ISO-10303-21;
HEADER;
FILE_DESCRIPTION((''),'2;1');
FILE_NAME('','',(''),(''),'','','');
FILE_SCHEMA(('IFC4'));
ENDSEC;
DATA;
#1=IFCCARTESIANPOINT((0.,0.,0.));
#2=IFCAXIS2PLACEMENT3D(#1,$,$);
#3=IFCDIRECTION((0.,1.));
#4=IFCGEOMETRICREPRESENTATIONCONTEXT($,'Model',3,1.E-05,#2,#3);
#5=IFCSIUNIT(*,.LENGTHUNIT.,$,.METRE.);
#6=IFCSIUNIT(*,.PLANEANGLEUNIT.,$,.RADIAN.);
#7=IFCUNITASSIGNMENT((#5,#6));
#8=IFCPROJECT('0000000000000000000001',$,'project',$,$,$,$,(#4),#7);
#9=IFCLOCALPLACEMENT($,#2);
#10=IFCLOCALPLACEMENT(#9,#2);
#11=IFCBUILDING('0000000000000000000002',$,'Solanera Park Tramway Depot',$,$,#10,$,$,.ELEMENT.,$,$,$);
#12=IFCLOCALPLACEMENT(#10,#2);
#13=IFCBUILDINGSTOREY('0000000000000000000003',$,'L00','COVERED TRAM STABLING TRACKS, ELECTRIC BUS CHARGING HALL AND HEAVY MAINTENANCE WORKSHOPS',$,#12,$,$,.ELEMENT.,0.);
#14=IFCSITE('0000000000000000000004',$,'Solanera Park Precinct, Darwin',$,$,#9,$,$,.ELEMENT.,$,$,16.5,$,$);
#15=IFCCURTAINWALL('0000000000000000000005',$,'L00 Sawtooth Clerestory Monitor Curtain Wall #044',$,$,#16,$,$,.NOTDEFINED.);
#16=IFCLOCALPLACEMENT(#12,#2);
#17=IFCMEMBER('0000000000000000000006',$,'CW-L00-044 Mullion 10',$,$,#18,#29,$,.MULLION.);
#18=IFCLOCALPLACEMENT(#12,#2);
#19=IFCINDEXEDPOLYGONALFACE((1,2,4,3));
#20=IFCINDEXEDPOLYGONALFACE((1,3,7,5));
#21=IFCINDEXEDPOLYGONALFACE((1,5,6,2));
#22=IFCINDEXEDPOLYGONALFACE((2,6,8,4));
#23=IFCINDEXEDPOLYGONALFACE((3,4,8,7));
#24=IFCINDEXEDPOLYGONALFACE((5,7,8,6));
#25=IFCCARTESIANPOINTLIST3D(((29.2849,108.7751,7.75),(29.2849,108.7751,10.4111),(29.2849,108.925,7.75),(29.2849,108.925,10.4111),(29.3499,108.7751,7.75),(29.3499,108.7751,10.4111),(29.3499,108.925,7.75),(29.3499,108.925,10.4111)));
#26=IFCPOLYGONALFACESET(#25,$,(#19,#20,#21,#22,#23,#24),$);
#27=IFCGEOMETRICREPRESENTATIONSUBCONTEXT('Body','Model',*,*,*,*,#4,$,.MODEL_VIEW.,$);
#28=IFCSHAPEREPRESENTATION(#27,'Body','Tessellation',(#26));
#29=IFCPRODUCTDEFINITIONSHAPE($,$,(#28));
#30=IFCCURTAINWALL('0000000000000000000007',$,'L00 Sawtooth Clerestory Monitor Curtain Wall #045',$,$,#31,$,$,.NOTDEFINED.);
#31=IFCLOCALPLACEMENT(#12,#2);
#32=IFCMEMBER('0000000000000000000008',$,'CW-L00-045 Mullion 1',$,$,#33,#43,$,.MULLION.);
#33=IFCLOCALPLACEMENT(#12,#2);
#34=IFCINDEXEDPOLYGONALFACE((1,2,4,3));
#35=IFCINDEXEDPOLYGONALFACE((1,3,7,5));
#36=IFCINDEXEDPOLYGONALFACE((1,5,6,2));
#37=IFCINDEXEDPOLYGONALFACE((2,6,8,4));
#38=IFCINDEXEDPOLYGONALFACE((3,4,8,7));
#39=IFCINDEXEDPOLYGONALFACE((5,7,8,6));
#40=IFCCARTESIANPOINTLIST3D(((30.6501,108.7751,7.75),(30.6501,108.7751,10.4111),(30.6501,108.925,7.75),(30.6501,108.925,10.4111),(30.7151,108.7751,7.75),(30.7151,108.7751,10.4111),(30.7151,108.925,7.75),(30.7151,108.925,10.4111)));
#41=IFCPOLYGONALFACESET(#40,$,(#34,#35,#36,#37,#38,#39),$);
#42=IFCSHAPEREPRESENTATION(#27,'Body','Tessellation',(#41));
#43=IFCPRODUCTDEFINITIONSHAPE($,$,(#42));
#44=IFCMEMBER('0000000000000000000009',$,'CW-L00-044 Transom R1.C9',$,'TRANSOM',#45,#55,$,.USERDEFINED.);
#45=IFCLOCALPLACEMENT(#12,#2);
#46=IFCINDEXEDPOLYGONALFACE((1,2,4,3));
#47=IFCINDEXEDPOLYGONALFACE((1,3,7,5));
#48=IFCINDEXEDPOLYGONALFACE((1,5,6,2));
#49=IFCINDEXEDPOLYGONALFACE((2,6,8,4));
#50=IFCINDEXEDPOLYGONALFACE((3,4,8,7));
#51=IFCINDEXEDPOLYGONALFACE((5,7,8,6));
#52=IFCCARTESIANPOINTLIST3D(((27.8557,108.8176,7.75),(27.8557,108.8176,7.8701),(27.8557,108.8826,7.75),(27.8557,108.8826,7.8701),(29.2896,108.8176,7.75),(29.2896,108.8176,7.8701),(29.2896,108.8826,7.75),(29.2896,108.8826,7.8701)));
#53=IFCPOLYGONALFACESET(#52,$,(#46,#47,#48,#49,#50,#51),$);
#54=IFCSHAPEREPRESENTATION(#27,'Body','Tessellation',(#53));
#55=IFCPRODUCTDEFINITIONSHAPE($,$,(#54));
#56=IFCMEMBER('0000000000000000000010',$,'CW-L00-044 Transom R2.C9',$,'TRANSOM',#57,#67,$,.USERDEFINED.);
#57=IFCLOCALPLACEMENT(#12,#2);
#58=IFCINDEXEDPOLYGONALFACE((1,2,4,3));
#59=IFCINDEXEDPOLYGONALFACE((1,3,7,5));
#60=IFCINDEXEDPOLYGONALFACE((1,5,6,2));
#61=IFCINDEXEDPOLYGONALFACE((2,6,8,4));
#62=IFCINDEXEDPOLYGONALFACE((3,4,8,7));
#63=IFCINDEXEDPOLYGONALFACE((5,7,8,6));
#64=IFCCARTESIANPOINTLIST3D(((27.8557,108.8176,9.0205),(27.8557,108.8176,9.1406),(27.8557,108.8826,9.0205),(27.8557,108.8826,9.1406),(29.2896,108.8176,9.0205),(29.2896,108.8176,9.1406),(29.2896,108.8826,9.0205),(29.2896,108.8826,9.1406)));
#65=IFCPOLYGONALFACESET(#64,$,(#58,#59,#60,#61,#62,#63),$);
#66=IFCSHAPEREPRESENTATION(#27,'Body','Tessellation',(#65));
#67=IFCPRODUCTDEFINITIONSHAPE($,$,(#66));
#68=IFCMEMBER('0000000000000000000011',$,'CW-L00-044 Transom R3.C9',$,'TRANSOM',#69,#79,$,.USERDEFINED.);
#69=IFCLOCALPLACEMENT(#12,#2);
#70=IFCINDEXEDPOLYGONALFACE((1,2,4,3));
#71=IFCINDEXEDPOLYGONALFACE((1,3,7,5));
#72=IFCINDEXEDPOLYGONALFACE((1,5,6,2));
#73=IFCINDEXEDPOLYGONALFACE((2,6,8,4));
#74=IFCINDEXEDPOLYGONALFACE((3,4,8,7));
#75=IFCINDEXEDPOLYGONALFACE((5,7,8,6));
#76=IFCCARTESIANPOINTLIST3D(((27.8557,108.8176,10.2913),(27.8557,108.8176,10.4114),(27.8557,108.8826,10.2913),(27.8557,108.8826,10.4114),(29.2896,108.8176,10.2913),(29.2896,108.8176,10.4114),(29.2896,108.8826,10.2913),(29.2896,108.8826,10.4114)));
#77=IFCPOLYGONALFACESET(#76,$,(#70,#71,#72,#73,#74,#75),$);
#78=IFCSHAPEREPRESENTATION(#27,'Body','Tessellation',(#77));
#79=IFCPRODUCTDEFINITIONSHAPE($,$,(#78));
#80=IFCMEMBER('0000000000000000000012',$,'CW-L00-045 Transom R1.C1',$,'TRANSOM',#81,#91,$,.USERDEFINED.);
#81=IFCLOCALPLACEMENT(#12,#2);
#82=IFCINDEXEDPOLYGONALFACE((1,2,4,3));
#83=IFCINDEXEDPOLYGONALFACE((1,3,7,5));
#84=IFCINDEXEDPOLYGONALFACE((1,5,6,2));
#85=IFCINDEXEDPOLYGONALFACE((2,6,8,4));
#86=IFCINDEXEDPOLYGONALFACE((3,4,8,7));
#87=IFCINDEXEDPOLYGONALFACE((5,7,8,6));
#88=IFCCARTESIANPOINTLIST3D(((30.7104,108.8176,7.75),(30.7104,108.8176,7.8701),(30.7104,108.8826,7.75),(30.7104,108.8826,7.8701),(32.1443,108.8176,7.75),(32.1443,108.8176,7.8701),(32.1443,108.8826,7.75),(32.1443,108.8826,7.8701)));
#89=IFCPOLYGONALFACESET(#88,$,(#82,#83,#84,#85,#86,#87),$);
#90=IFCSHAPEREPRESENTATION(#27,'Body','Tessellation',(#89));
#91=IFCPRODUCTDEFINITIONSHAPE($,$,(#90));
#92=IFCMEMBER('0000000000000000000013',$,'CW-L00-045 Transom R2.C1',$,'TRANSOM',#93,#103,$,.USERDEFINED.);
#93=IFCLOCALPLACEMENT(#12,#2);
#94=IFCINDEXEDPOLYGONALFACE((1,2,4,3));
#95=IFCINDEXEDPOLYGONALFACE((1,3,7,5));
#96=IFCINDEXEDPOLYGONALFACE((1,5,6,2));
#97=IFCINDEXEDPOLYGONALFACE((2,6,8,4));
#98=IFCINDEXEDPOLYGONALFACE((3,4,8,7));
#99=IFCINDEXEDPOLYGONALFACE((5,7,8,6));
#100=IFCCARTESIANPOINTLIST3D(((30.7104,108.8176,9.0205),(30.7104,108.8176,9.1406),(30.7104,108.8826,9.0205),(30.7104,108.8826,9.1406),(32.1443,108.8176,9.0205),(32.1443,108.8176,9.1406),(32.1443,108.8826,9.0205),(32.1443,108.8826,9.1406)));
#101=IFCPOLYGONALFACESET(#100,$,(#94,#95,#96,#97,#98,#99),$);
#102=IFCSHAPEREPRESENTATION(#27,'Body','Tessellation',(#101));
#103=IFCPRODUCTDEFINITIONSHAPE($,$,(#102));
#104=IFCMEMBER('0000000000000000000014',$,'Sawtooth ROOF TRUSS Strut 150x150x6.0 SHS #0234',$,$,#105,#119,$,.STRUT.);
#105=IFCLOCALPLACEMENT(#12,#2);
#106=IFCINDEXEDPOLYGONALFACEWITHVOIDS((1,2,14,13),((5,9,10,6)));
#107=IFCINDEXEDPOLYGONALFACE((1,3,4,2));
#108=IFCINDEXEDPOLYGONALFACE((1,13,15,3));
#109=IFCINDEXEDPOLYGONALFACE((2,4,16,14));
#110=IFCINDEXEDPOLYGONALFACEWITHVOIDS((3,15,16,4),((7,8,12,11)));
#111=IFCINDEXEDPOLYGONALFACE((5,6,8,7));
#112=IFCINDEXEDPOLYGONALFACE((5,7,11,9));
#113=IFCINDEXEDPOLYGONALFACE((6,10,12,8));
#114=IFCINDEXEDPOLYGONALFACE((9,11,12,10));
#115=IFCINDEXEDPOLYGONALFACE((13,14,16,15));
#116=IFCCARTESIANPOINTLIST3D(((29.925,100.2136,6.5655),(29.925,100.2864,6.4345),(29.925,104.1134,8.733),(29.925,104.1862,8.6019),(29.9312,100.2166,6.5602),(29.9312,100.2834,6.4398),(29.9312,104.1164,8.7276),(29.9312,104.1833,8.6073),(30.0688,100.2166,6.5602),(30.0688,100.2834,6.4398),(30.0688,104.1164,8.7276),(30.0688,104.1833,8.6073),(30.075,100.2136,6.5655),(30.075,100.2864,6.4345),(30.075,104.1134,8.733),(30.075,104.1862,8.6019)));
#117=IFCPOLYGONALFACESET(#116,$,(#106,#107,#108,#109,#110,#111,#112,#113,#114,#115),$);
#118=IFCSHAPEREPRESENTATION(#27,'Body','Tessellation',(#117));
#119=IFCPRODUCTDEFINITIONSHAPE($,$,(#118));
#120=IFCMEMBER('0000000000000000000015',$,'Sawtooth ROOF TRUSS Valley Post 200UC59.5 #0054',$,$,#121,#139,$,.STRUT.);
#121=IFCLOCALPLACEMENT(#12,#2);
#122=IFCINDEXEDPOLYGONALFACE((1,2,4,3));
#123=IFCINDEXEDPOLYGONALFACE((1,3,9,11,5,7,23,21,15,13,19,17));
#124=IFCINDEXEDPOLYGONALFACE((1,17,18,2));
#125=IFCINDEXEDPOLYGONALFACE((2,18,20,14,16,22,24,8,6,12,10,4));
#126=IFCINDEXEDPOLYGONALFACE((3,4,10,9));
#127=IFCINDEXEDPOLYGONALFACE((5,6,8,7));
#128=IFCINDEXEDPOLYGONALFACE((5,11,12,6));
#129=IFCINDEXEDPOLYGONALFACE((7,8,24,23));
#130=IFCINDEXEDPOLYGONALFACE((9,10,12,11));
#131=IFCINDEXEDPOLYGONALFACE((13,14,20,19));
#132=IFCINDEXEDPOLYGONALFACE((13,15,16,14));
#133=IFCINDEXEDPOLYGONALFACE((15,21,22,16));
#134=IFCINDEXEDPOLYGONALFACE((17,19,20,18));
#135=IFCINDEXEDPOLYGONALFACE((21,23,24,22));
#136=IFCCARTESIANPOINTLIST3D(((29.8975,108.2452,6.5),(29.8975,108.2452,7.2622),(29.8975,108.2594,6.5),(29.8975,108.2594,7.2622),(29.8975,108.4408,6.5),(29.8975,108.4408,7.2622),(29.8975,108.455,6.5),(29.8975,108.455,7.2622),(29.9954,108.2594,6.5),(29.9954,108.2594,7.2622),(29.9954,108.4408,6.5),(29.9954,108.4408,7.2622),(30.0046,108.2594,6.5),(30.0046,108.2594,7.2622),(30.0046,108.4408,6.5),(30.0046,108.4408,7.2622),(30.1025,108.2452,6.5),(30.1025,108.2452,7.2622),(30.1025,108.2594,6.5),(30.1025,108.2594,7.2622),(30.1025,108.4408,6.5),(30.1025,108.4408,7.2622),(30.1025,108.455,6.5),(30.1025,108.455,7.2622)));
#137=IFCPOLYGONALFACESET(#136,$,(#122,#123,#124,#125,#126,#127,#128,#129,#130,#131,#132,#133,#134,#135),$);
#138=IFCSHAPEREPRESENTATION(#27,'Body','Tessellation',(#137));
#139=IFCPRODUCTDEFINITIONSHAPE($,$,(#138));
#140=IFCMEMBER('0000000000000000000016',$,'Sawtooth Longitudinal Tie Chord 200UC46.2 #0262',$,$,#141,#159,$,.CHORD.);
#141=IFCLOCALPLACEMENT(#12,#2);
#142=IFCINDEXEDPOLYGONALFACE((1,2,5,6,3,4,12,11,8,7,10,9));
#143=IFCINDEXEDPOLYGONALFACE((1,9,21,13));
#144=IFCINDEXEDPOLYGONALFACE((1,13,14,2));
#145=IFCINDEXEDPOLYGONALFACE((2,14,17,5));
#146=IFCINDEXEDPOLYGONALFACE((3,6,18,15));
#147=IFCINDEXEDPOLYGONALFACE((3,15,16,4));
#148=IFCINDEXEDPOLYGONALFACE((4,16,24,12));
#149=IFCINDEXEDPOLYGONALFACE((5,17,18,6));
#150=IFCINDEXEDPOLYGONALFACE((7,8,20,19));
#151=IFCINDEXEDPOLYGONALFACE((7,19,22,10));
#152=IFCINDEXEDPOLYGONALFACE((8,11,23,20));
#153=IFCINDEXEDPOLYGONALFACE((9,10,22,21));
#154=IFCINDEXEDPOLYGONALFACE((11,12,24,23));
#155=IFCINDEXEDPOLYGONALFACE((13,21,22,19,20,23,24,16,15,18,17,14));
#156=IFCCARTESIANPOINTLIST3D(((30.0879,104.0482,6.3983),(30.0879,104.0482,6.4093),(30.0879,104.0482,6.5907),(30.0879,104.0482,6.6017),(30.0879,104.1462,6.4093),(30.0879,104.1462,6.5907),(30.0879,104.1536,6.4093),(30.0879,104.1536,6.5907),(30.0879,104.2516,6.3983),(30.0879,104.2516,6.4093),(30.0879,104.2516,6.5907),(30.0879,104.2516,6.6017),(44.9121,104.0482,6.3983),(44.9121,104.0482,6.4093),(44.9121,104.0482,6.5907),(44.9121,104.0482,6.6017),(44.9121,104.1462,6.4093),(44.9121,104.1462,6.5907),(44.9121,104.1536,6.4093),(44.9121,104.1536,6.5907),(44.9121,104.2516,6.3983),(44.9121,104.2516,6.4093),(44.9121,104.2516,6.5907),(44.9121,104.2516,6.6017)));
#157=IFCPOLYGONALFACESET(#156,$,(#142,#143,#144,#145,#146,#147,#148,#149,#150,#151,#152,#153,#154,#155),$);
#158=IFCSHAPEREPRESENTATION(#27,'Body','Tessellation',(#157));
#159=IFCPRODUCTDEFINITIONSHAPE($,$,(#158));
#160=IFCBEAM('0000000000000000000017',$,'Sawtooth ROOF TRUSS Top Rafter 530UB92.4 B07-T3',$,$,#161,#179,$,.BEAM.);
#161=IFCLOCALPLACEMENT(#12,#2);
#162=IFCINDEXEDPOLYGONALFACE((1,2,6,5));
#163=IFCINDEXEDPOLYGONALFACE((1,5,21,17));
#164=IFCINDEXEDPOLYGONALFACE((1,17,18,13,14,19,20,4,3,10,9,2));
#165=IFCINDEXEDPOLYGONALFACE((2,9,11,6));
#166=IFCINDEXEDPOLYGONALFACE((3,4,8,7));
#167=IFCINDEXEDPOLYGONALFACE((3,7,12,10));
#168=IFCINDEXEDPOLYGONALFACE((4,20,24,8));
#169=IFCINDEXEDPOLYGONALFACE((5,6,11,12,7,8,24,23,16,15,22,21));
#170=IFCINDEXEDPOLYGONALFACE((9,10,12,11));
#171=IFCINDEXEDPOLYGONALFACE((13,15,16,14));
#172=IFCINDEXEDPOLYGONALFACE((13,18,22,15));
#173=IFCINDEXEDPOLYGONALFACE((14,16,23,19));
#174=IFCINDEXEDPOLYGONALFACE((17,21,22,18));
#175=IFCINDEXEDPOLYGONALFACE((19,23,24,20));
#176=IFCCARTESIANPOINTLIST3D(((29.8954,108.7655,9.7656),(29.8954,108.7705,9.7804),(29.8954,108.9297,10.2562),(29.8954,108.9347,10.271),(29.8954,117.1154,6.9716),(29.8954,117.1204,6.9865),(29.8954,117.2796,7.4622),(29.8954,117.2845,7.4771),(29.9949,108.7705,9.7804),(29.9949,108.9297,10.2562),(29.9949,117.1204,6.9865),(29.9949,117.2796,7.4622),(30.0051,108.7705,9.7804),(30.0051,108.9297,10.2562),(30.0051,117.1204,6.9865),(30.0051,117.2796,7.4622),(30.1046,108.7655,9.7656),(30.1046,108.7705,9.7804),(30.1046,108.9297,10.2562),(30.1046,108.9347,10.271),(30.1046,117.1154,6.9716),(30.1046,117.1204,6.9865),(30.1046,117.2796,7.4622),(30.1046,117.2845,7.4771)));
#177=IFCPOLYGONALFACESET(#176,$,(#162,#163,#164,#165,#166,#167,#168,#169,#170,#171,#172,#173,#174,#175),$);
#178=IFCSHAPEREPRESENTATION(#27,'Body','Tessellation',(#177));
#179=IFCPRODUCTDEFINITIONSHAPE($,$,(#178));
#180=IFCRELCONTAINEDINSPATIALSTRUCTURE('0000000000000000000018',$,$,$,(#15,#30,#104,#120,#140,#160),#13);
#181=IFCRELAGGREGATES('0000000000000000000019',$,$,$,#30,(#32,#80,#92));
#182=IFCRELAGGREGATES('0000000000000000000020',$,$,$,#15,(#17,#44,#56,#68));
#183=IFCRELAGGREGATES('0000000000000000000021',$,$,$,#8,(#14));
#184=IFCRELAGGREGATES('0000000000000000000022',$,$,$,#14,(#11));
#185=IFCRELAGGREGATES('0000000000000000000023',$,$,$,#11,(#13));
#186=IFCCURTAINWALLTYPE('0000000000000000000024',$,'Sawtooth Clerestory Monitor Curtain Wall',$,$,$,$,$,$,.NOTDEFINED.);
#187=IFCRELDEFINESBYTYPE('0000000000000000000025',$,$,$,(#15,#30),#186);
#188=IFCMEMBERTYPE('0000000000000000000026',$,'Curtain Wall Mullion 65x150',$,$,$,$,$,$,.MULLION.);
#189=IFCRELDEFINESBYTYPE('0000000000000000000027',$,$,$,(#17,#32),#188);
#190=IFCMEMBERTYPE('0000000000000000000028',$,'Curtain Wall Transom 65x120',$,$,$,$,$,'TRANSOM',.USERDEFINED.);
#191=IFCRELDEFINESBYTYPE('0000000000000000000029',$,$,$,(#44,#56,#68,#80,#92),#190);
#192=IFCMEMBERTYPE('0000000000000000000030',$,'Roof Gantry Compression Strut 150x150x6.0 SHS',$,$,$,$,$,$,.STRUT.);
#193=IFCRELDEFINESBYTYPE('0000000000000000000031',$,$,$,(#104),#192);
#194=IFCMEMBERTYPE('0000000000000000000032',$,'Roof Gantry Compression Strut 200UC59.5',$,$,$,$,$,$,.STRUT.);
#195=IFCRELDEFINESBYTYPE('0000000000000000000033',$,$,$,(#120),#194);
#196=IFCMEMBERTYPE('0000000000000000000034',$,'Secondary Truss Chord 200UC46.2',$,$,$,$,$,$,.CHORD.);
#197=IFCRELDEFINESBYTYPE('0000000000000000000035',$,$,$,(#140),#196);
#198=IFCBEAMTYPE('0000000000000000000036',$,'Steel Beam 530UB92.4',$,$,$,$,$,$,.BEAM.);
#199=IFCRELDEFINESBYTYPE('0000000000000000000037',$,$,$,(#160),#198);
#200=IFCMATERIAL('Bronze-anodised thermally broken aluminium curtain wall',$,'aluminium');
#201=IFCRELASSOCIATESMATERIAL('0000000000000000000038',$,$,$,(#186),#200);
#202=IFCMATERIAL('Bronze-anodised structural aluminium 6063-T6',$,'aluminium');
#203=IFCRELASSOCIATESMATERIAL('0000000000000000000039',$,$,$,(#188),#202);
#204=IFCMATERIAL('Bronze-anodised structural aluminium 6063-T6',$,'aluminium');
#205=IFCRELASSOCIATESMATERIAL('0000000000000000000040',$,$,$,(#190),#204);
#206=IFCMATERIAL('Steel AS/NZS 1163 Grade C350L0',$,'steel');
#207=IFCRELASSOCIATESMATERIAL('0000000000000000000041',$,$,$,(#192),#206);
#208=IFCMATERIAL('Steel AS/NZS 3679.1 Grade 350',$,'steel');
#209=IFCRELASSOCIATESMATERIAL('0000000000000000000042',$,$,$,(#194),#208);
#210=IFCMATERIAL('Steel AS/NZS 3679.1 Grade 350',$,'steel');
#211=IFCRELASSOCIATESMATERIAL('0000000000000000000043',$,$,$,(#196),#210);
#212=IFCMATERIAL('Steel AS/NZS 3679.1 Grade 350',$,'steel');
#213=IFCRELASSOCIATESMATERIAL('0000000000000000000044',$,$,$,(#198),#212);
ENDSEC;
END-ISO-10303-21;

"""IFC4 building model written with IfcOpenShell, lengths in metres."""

from ifc_helpers import new_model, si_unit, direction, frame, origin, origin_2d, place, context, subcontext, project, spatial, rectangle, hollow_rectangle, i_section, extrude, material, material_profile, profile_set, type_object, element, aggregate, save


model = new_model("IFC4")

# Units and contexts
model_context = context("Model", 3, precision=1e-05, world=origin(), true_north=direction((0.0, 1.0)))
body_context = subcontext(model_context, "Body", "Model", "MODEL_VIEW")
ifc_project = project(units=[si_unit("LENGTHUNIT", "METRE"), si_unit("PLANEANGLEUNIT", "RADIAN")], contexts=[model_context])

# Site, building, storey
site_placement = place(None, origin())
site = spatial("IfcSite", under=ifc_project, at=site_placement, Name="Solanera Park Precinct, Darwin", CompositionType="ELEMENT", RefElevation=16.5)
building_placement = place(site_placement, origin())
building = spatial("IfcBuilding", under=site, at=building_placement, Name="Solanera Park Tramway Depot", CompositionType="ELEMENT")
storey_placement = place(building_placement, origin())
storey = spatial("IfcBuildingStorey", under=building, at=storey_placement, Name="L00", Description="COVERED TRAM STABLING TRACKS, ELECTRIC BUS CHARGING HALL AND HEAVY MAINTENANCE WORKSHOPS", CompositionType="ELEMENT", Elevation=0.0)

# Curtain walls, members
ifc_material_1 = material(Name="Bronze-anodised thermally broken aluminium curtain wall", Category="aluminium")
curtain_wall_type = type_object("IfcCurtainWallType", Name="Sawtooth Clerestory Monitor Curtain Wall", PredefinedType="NOTDEFINED", material=ifc_material_1)
curtain_wall_1_placement = place(storey_placement, origin())
curtain_wall_1 = element("IfcCurtainWall", 1, at=curtain_wall_1_placement, inside=storey, type_object=curtain_wall_type, Name="L00 Sawtooth Clerestory Monitor Curtain Wall #044", PredefinedType="NOTDEFINED")
ifc_material_2 = material(Name="Bronze-anodised structural aluminium 6063-T6", Category="aluminium")
ifc_material_profile_1 = material_profile(ifc_material_2, rectangle(XDim=0.0649, YDim=0.1499, at=origin_2d()), Name="Curtain Wall Mullion 65x150")
ifc_profile_set_1 = profile_set([ifc_material_profile_1], Name="Bronze-anodised structural aluminium 6063-T6")
member_type_1 = type_object("IfcMemberType", Name="Curtain Wall Mullion 65x150", PredefinedType="MULLION", material=ifc_profile_set_1)
member_1_placement = place(storey_placement, frame((29.3174, 108.8501, 7.75), z_axis=(0.0, 0.0, 1.0), x_axis=(1.0, 0.0, 0.0)))
member_1 = element("IfcMember", 2, at=member_1_placement, type_object=member_type_1, Name="CW-L00-044 Mullion 10", PredefinedType="MULLION", context=body_context, shape_type="SweptSolid", body=[
    extrude(rectangle(XDim=0.0649, YDim=0.1499, at=origin_2d()), origin(), (0.0, 0.0, 1.0), 2.6611),
])
curtain_wall_2_placement = place(storey_placement, origin())
curtain_wall_2 = element("IfcCurtainWall", 3, at=curtain_wall_2_placement, inside=storey, type_object=curtain_wall_type, Name="L00 Sawtooth Clerestory Monitor Curtain Wall #045", PredefinedType="NOTDEFINED")
member_2_placement = place(storey_placement, frame((30.6826, 108.8501, 7.75), z_axis=(0.0, 0.0, 1.0), x_axis=(1.0, 0.0, 0.0)))
member_2 = element("IfcMember", 4, at=member_2_placement, type_object=member_type_1, Name="CW-L00-045 Mullion 1", PredefinedType="MULLION", context=body_context, shape_type="SweptSolid", body=[
    extrude(rectangle(XDim=0.0649, YDim=0.1499, at=origin_2d()), origin(), (0.0, 0.0, 1.0), 2.6611),
])

# Members
ifc_material_3 = material(Name="Bronze-anodised structural aluminium 6063-T6", Category="aluminium")
ifc_material_profile_2 = material_profile(ifc_material_3, rectangle(XDim=0.0649, YDim=0.1201, at=origin_2d()), Name="Curtain Wall Transom 65x120")
ifc_profile_set_2 = profile_set([ifc_material_profile_2], Name="Bronze-anodised structural aluminium 6063-T6")
member_type_2 = type_object("IfcMemberType", Name="Curtain Wall Transom 65x120", ElementType="TRANSOM", PredefinedType="USERDEFINED", material=ifc_profile_set_2)
member_3_placement = place(storey_placement, frame((27.8557, 108.8501, 7.8101), z_axis=(1.0, 0.0, 0.0), x_axis=(0.0, 1.0, 0.0)))
member_3 = element("IfcMember", 5, at=member_3_placement, type_object=member_type_2, Name="CW-L00-044 Transom R1.C9", ObjectType="TRANSOM", PredefinedType="USERDEFINED", context=body_context, shape_type="SweptSolid", body=[
    extrude(rectangle(XDim=0.0649, YDim=0.1201, at=origin_2d()), origin(), (0.0, 0.0, 1.0), 1.4338),
])
member_4_placement = place(storey_placement, frame((27.8557, 108.8501, 9.0806), z_axis=(1.0, 0.0, 0.0), x_axis=(0.0, 1.0, 0.0)))
member_4 = element("IfcMember", 6, at=member_4_placement, type_object=member_type_2, Name="CW-L00-044 Transom R2.C9", ObjectType="TRANSOM", PredefinedType="USERDEFINED", context=body_context, shape_type="SweptSolid", body=[
    extrude(rectangle(XDim=0.0649, YDim=0.1201, at=origin_2d()), origin(), (0.0, 0.0, 1.0), 1.4338),
])
member_5_placement = place(storey_placement, frame((27.8557, 108.8501, 10.3513), z_axis=(1.0, 0.0, 0.0), x_axis=(0.0, 1.0, 0.0)))
member_5 = element("IfcMember", 7, at=member_5_placement, type_object=member_type_2, Name="CW-L00-044 Transom R3.C9", ObjectType="TRANSOM", PredefinedType="USERDEFINED", context=body_context, shape_type="SweptSolid", body=[
    extrude(rectangle(XDim=0.0649, YDim=0.1201, at=origin_2d()), origin(), (0.0, 0.0, 1.0), 1.4338),
])
member_6_placement = place(storey_placement, frame((30.7104, 108.8501, 7.8101), z_axis=(1.0, 0.0, 0.0), x_axis=(0.0, 1.0, 0.0)))
member_6 = element("IfcMember", 8, at=member_6_placement, type_object=member_type_2, Name="CW-L00-045 Transom R1.C1", ObjectType="TRANSOM", PredefinedType="USERDEFINED", context=body_context, shape_type="SweptSolid", body=[
    extrude(rectangle(XDim=0.0649, YDim=0.1201, at=origin_2d()), origin(), (0.0, 0.0, 1.0), 1.4338),
])
member_7_placement = place(storey_placement, frame((30.7104, 108.8501, 9.0806), z_axis=(1.0, 0.0, 0.0), x_axis=(0.0, 1.0, 0.0)))
member_7 = element("IfcMember", 9, at=member_7_placement, type_object=member_type_2, Name="CW-L00-045 Transom R2.C1", ObjectType="TRANSOM", PredefinedType="USERDEFINED", context=body_context, shape_type="SweptSolid", body=[
    extrude(rectangle(XDim=0.0649, YDim=0.1201, at=origin_2d()), origin(), (0.0, 0.0, 1.0), 1.4338),
])
aggregate(curtain_wall_2, [member_2, member_6, member_7])

# Members
ifc_material_4 = material(Name="Steel AS/NZS 1163 Grade C350L0", Category="steel")
ifc_material_profile_3 = material_profile(ifc_material_4, hollow_rectangle(XDim=0.1499, YDim=0.1499, WallThickness=0.0061, at=origin_2d()), Name="150x150x6.0 SHS")
ifc_profile_set_3 = profile_set([ifc_material_profile_3], Name="Steel AS/NZS 1163 Grade C350L0")
member_type_3 = type_object("IfcMemberType", Name="Roof Gantry Compression Strut 150x150x6.0 SHS", PredefinedType="STRUT", material=ifc_profile_set_3)
member_8_placement = place(storey_placement, frame((30.0, 100.25, 6.5), z_axis=(0.0, 0.874075, 0.485792), x_axis=(-1.0, 0.0, 0.0)))
element("IfcMember", 10, at=member_8_placement, inside=storey, type_object=member_type_3, Name="Sawtooth ROOF TRUSS Strut 150x150x6.0 SHS #0234", PredefinedType="STRUT", context=body_context, shape_type="SweptSolid", body=[
    extrude(hollow_rectangle(XDim=0.1499, YDim=0.1499, WallThickness=0.0061, at=origin_2d()), origin(), (0.0, 0.0, 1.0), 4.4617),
])
ifc_material_5 = material(Name="Steel AS/NZS 3679.1 Grade 350", Category="steel")
ifc_material_profile_4 = material_profile(ifc_material_5, i_section(OverallWidth=0.2051, OverallDepth=0.2097, WebThickness=0.0093, FlangeThickness=0.0142, at=origin_2d()), Name="200UC59.5")
ifc_profile_set_4 = profile_set([ifc_material_profile_4], Name="Steel AS/NZS 3679.1 Grade 350")
member_type_4 = type_object("IfcMemberType", Name="Roof Gantry Compression Strut 200UC59.5", PredefinedType="STRUT", material=ifc_profile_set_4)
member_9_placement = place(storey_placement, frame((30.0, 108.3501, 6.5), z_axis=(0.0, 0.0, 1.0), x_axis=(1.0, 0.0, 0.0)))
element("IfcMember", 11, at=member_9_placement, inside=storey, type_object=member_type_4, Name="Sawtooth ROOF TRUSS Valley Post 200UC59.5 #0054", PredefinedType="STRUT", context=body_context, shape_type="SweptSolid", body=[
    extrude(i_section(OverallWidth=0.2051, OverallDepth=0.2097, WebThickness=0.0093, FlangeThickness=0.0142, at=origin_2d()), origin(), (0.0, 0.0, 1.0), 0.7622),
])
ifc_material_6 = material(Name="Steel AS/NZS 3679.1 Grade 350", Category="steel")
ifc_material_profile_5 = material_profile(ifc_material_6, i_section(OverallWidth=0.2034, OverallDepth=0.2034, WebThickness=0.0073, FlangeThickness=0.011, at=origin_2d()), Name="200UC46.2")
ifc_profile_set_5 = profile_set([ifc_material_profile_5], Name="Steel AS/NZS 3679.1 Grade 350")
member_type_5 = type_object("IfcMemberType", Name="Secondary Truss Chord 200UC46.2", PredefinedType="CHORD", material=ifc_profile_set_5)
member_10_placement = place(storey_placement, frame((30.0879, 104.1499, 6.5), z_axis=(1.0, 0.0, 0.0), x_axis=(0.0, 1.0, 0.0)))
element("IfcMember", 12, at=member_10_placement, inside=storey, type_object=member_type_5, Name="Sawtooth Longitudinal Tie Chord 200UC46.2 #0262", PredefinedType="CHORD", context=body_context, shape_type="SweptSolid", body=[
    extrude(i_section(OverallWidth=0.2034, OverallDepth=0.2034, WebThickness=0.0073, FlangeThickness=0.011, at=origin_2d()), origin(), (0.0, 0.0, 1.0), 14.8242),
])

# Beam
ifc_material_7 = material(Name="Steel AS/NZS 3679.1 Grade 350", Category="steel")
ifc_material_profile_6 = material_profile(ifc_material_7, i_section(OverallWidth=0.2092, OverallDepth=0.533, WebThickness=0.0103, FlangeThickness=0.0156, at=origin_2d()), Name="530UB92.4")
ifc_profile_set_6 = profile_set([ifc_material_profile_6], Name="Steel AS/NZS 3679.1 Grade 350")
beam_type_1 = type_object("IfcBeamType", Name="Steel Beam 530UB92.4", PredefinedType="BEAM", material=ifc_profile_set_6)
beam_1_placement = place(storey_placement, frame((30.0, 108.8501, 10.0183), z_axis=(0.0, 0.948319, -0.317317), x_axis=(-1.0, 0.0, 0.0)))
element("IfcBeam", 13, at=beam_1_placement, inside=storey, type_object=beam_type_1, Name="Sawtooth ROOF TRUSS Top Rafter 530UB92.4 B07-T3", PredefinedType="BEAM", context=body_context, shape_type="SweptSolid", body=[
    extrude(i_section(OverallWidth=0.2092, OverallDepth=0.533, WebThickness=0.0103, FlangeThickness=0.0156, at=origin_2d()), origin(), (0.0, 0.0, 1.0), 8.8049),
])

aggregate(curtain_wall_1, [member_1, member_3, member_4, member_5])

save(model, "model.ifc")
